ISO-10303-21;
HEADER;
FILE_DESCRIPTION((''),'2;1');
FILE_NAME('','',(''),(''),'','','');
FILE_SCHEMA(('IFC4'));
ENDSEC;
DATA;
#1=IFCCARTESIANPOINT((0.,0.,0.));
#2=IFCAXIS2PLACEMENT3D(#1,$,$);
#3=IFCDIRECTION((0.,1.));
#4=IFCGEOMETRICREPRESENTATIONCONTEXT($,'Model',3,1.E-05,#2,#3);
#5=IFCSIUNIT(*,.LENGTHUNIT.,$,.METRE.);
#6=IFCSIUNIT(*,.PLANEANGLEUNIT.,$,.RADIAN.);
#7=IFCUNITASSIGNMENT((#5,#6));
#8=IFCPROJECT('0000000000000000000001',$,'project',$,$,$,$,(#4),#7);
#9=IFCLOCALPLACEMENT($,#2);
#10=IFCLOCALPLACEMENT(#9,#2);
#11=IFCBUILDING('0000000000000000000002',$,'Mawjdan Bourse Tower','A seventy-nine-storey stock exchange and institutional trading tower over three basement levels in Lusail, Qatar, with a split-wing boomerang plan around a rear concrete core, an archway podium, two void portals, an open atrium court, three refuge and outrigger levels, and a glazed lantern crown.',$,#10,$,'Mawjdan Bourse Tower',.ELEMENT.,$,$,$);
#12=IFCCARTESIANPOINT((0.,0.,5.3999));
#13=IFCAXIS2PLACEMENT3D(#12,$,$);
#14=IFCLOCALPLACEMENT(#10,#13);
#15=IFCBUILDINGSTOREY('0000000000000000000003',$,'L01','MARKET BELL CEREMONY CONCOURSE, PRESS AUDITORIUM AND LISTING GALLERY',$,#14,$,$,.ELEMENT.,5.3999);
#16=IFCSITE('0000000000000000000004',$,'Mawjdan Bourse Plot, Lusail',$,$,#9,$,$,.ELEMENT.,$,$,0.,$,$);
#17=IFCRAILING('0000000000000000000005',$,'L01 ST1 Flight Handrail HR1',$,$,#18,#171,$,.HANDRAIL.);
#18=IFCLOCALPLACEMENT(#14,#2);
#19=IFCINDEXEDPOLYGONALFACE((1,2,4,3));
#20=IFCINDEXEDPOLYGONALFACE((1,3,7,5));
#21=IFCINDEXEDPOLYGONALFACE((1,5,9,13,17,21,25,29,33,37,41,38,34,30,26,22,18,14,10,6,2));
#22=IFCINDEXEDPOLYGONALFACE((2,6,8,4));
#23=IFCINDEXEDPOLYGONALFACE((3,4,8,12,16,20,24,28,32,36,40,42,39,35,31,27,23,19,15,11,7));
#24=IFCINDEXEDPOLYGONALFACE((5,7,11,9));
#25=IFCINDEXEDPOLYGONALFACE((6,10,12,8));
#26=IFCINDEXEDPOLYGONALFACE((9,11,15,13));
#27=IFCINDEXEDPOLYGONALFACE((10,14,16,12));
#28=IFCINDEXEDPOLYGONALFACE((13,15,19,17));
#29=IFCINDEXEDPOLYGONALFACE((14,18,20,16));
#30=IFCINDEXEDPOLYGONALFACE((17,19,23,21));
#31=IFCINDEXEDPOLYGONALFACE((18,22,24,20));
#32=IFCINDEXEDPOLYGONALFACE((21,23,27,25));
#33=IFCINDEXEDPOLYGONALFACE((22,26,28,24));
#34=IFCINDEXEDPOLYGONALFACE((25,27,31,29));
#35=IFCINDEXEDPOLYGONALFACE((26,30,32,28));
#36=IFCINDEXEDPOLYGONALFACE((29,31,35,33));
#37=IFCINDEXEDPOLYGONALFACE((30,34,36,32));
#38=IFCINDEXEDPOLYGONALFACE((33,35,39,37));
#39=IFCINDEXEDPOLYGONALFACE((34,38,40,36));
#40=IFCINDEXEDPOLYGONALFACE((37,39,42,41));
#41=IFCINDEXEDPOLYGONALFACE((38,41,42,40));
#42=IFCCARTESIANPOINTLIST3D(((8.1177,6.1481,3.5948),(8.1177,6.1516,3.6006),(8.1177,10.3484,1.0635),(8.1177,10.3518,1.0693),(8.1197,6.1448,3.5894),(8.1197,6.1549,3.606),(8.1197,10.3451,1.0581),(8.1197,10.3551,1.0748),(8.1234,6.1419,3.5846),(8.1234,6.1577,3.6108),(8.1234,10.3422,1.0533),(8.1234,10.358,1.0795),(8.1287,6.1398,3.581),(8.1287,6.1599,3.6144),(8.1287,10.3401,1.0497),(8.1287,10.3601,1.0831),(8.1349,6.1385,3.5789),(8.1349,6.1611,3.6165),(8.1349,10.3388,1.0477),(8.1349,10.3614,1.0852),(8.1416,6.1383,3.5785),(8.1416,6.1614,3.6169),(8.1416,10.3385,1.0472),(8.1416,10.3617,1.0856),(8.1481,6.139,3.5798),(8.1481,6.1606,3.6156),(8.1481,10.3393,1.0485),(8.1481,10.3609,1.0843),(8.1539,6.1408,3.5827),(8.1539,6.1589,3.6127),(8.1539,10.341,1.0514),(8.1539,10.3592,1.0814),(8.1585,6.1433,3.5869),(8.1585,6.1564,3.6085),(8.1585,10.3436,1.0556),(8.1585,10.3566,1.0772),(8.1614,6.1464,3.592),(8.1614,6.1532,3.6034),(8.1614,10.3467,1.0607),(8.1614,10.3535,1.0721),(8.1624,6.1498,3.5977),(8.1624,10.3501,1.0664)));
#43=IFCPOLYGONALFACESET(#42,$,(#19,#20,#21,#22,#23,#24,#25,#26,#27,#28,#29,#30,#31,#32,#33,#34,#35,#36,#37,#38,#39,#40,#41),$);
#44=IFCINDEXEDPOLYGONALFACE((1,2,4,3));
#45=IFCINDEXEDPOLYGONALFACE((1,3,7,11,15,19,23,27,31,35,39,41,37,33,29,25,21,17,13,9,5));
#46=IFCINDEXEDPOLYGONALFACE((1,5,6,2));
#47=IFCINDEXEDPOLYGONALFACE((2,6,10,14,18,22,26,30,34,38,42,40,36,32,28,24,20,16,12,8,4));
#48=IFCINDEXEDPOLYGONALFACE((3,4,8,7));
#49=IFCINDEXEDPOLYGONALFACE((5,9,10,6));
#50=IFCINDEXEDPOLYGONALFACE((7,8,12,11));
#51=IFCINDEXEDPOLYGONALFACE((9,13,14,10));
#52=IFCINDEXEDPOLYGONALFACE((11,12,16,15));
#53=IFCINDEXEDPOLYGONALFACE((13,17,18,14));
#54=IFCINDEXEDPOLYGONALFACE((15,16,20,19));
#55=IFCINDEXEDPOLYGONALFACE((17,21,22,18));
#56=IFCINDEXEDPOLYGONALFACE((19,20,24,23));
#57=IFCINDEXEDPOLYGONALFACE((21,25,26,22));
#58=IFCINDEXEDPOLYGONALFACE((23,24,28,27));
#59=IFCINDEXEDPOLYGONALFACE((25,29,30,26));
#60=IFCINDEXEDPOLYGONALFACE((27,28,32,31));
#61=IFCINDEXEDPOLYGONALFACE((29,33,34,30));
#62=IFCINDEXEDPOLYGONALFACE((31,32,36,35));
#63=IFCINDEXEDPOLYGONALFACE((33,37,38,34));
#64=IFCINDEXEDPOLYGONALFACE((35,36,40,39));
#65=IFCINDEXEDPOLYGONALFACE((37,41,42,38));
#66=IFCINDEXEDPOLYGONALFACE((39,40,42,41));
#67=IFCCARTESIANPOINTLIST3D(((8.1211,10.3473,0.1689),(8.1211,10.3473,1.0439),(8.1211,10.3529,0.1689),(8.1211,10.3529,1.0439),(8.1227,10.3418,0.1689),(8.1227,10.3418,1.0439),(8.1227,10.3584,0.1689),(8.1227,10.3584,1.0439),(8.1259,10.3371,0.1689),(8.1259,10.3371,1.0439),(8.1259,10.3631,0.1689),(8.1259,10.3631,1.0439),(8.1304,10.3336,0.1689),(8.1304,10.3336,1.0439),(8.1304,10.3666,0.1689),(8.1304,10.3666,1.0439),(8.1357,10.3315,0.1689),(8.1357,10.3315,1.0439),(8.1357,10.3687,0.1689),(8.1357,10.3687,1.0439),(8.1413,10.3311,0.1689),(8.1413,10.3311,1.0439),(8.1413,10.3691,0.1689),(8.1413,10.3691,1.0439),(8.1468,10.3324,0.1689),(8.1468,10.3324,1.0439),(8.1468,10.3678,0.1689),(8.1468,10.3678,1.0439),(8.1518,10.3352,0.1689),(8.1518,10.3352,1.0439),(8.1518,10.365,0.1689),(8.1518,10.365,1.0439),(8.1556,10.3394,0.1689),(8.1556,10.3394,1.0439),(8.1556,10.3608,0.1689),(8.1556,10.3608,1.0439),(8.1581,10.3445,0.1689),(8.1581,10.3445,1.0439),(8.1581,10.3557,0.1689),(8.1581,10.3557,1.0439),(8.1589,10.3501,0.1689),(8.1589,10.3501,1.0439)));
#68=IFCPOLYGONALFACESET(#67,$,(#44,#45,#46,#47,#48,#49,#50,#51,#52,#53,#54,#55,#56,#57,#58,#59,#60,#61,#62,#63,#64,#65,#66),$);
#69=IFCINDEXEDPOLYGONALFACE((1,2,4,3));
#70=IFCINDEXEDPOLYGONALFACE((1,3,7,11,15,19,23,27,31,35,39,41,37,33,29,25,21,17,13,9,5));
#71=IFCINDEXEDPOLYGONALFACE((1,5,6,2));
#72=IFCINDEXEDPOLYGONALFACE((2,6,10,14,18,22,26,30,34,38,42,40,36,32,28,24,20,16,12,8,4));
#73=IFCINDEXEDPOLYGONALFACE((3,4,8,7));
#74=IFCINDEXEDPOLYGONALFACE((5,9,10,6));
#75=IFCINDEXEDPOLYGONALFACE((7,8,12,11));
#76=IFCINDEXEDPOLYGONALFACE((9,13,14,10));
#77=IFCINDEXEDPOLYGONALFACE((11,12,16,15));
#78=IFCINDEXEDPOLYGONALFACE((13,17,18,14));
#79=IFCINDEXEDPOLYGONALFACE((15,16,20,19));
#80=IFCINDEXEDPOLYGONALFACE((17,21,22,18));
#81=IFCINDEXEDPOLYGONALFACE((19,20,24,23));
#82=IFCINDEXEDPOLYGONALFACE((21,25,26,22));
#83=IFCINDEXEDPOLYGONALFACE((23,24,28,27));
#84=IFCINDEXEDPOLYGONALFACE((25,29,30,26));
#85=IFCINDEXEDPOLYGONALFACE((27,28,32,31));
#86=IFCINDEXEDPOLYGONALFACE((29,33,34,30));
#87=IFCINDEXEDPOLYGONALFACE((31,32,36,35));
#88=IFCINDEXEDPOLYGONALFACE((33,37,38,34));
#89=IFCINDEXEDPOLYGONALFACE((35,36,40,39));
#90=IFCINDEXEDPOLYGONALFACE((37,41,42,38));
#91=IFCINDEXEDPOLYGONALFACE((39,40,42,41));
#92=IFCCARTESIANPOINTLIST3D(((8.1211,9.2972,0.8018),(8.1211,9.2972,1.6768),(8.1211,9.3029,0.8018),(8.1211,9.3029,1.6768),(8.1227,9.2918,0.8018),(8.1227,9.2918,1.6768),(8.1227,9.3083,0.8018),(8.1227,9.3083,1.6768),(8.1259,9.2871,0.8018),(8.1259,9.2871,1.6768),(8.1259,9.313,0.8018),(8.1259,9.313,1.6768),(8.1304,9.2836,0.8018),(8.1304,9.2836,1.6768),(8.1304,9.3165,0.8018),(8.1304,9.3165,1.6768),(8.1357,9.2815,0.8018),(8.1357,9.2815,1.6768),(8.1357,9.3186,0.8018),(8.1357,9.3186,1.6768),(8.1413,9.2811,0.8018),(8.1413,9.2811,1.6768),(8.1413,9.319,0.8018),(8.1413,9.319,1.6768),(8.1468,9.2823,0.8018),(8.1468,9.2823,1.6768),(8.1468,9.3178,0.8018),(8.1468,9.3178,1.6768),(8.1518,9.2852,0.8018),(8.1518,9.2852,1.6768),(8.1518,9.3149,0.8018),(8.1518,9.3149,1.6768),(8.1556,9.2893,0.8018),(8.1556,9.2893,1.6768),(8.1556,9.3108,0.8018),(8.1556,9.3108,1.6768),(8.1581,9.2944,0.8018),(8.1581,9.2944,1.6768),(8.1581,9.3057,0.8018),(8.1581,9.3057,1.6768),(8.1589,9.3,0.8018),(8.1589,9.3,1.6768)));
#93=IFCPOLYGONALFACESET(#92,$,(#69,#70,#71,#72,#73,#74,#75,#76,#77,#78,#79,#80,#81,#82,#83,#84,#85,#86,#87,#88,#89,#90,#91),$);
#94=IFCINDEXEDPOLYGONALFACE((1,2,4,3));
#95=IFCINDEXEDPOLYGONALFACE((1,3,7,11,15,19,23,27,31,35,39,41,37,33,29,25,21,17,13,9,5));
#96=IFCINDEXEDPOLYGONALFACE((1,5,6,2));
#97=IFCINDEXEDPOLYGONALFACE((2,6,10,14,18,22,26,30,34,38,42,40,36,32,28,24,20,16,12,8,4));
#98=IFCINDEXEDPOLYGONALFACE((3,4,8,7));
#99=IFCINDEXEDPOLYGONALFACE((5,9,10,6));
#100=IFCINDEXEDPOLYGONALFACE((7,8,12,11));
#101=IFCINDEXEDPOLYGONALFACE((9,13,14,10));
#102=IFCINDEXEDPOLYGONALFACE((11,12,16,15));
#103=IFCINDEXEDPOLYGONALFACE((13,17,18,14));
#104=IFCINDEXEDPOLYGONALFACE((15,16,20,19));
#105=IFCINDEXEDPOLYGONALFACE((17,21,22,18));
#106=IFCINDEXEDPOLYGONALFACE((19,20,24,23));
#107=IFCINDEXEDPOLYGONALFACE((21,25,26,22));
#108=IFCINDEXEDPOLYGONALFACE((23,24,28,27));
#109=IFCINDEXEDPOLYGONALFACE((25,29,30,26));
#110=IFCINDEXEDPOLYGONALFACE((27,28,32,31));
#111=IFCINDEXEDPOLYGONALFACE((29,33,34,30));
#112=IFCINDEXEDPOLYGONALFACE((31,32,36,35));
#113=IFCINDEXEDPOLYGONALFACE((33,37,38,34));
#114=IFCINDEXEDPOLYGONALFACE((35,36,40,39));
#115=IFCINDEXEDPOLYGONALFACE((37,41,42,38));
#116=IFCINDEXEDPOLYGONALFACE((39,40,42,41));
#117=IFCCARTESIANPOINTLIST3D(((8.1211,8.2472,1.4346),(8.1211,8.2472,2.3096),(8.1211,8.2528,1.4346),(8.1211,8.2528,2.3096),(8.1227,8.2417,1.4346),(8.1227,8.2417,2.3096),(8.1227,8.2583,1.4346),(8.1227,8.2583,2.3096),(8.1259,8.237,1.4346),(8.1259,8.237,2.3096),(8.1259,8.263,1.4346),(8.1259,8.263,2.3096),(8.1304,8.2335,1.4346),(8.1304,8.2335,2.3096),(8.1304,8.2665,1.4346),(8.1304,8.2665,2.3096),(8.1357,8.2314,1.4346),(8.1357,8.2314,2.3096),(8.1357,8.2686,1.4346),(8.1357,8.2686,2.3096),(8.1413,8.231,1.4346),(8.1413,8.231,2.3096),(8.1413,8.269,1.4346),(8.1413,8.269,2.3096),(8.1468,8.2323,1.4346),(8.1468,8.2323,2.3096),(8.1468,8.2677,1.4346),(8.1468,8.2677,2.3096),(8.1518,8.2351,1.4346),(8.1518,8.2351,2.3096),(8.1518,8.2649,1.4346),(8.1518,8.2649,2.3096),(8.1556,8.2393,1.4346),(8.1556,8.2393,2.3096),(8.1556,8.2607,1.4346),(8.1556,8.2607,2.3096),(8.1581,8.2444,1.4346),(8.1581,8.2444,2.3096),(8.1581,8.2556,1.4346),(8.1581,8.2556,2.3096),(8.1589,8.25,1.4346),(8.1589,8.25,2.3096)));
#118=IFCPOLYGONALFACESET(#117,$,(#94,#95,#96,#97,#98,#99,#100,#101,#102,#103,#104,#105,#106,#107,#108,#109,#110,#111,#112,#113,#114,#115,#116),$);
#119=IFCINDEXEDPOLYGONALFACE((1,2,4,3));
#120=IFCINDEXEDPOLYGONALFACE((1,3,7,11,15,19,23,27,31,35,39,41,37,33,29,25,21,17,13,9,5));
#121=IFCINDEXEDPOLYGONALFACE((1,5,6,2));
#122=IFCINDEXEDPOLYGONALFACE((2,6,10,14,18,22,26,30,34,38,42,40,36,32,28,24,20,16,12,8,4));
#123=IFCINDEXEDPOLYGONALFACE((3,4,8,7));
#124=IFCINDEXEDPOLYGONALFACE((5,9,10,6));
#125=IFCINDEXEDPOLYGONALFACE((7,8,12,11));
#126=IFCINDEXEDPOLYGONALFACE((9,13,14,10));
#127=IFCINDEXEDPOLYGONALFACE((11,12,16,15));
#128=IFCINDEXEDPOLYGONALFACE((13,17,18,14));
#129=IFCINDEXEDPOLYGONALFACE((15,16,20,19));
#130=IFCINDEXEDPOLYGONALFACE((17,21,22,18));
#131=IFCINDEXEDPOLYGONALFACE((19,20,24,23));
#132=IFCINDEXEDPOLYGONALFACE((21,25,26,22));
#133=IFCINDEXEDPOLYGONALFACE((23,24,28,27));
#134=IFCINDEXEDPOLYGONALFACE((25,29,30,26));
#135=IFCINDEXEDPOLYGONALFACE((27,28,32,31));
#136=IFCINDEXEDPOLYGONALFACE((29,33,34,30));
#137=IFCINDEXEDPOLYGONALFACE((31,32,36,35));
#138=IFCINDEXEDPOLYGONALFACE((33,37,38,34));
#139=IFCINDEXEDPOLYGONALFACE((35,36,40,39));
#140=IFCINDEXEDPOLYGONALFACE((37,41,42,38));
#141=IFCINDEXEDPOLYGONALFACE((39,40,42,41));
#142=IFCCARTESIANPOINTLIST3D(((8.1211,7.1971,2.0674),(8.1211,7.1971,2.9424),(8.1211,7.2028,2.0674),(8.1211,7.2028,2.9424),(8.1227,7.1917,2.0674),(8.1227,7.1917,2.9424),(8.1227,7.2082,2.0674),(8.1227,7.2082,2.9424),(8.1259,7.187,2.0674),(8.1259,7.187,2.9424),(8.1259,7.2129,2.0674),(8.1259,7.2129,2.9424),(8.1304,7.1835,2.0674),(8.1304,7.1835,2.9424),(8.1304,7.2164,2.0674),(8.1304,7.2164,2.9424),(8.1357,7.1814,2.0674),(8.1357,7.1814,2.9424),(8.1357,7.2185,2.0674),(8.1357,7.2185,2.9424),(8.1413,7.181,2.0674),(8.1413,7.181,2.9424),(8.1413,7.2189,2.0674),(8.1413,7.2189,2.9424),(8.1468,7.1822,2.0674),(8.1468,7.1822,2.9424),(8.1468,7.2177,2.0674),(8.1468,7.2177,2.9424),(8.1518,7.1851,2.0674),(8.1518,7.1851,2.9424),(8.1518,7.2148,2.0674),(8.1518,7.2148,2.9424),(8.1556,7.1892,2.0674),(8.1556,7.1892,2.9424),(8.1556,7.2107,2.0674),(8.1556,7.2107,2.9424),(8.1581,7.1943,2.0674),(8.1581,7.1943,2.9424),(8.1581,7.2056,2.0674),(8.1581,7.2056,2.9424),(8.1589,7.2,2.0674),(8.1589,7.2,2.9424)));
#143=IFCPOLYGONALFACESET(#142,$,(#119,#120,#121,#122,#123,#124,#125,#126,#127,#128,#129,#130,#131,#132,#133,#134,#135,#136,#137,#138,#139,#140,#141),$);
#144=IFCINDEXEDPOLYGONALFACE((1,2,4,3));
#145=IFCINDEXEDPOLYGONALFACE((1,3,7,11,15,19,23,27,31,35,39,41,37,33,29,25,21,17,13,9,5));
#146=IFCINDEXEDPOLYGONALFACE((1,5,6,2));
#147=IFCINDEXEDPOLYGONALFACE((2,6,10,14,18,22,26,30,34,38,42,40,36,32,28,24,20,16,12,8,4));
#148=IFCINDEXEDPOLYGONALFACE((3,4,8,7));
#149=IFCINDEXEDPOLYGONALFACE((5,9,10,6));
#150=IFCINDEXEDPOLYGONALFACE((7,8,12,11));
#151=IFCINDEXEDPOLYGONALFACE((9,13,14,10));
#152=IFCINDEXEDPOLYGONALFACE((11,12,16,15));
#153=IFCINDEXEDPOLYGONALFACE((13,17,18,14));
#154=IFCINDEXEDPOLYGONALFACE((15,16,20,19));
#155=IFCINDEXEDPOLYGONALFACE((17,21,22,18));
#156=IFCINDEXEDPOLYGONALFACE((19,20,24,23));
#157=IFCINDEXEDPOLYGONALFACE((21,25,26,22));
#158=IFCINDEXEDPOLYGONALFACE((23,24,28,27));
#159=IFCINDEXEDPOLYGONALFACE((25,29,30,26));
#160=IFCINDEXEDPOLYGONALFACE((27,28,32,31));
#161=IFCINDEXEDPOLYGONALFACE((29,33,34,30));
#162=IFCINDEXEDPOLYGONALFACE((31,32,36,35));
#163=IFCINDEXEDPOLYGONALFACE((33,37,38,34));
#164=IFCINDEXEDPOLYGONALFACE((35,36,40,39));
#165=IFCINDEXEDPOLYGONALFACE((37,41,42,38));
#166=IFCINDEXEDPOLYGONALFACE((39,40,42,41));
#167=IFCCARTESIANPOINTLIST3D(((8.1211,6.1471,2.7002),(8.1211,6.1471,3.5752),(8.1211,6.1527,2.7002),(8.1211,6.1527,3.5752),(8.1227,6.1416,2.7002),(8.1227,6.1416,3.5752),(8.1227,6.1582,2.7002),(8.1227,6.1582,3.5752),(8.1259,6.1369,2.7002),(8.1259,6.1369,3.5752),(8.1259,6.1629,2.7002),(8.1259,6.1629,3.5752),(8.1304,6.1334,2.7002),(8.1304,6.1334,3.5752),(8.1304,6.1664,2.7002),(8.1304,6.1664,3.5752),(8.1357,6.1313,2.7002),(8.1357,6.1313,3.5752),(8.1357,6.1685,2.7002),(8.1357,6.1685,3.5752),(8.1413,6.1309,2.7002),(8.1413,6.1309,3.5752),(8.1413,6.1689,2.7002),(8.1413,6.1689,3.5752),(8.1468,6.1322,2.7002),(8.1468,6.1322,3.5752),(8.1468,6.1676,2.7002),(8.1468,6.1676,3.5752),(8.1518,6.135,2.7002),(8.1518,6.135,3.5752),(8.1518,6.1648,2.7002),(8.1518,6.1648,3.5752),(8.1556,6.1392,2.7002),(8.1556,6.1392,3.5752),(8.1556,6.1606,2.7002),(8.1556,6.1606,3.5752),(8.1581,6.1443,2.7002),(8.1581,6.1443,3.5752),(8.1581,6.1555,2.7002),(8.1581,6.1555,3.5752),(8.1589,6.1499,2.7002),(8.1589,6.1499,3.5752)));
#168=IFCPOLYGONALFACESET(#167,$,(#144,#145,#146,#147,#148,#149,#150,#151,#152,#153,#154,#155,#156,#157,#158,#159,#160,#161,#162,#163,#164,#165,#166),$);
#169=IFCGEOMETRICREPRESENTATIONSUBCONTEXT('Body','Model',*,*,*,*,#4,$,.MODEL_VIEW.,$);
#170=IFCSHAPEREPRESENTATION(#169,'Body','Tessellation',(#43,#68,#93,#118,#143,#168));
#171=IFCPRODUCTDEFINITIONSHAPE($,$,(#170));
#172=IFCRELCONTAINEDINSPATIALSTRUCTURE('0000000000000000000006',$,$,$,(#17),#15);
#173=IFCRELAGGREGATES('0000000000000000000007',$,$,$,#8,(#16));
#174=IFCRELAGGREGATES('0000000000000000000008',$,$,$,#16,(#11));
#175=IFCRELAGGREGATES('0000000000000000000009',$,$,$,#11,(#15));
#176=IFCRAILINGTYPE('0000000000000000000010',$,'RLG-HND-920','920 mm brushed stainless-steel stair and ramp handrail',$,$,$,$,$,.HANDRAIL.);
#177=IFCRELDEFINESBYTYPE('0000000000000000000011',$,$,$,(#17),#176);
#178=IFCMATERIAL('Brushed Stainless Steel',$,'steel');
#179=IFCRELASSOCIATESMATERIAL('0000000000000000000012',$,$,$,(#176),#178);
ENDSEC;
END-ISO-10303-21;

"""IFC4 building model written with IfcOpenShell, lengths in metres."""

from ifc_helpers import new_model, si_unit, direction, frame, origin, origin_2d, place, context, subcontext, project, spatial, circle, extrude, material, type_object, element, save


model = new_model("IFC4")

# Units and contexts
model_context = context("Model", 3, precision=1e-05, world=origin(), true_north=direction((0.0, 1.0)))
body_context = subcontext(model_context, "Body", "Model", "MODEL_VIEW")
ifc_project = project(units=[si_unit("LENGTHUNIT", "METRE"), si_unit("PLANEANGLEUNIT", "RADIAN")], contexts=[model_context])

# Site, building, storey
site_placement = place(None, origin())
site = spatial("IfcSite", under=ifc_project, at=site_placement, Name="Mawjdan Bourse Plot, Lusail", CompositionType="ELEMENT", RefElevation=0.0)
building_placement = place(site_placement, origin())
building = spatial("IfcBuilding", under=site, at=building_placement, Name="Mawjdan Bourse Tower", Description="A seventy-nine-storey stock exchange and institutional trading tower over three basement levels in Lusail, Qatar, with a split-wing boomerang plan around a rear concrete core, an archway podium, two void portals, an open atrium court, three refuge and outrigger levels, and a glazed lantern crown.", LongName="Mawjdan Bourse Tower", CompositionType="ELEMENT")
storey_placement = place(building_placement, frame((0.0, 0.0, 5.3999)))
storey = spatial("IfcBuildingStorey", under=building, at=storey_placement, Name="L01", Description="MARKET BELL CEREMONY CONCOURSE, PRESS AUDITORIUM AND LISTING GALLERY", CompositionType="ELEMENT", Elevation=5.3999)

# Shared definitions
ifc_material_1 = material(Name="Brushed Stainless Steel", Category="steel")

# Railing
railing_type_1 = type_object("IfcRailingType", Name="RLG-HND-920", Description="920 mm brushed stainless-steel stair and ramp handrail", PredefinedType="HANDRAIL", material=ifc_material_1)
railing_1_placement = place(storey_placement, frame((8.1399, 10.3501, 0.1689)))
element("IfcRailing", 1, at=railing_1_placement, inside=storey, type_object=railing_type_1, Name="L01 ST1 Flight Handrail HR1", PredefinedType="HANDRAIL", context=body_context, shape_type="SweptSolid", body=[
    extrude(circle(Radius=0.0225, at=origin_2d()), frame((0.0, 0.0, 0.8975), z_axis=(0.0, -0.85649, 0.516164), x_axis=(1.0, 0.0, 0.0)), (0.0, 0.0, 1.0), 4.9041),
    extrude(circle(Radius=0.019, at=origin_2d()), origin(), (0.0, 0.0, 1.0), 0.875),
    extrude(circle(Radius=0.019, at=origin_2d()), frame((0.0, -1.05, 0.6328)), (0.0, 0.0, 1.0), 0.875),
    extrude(circle(Radius=0.019, at=origin_2d()), frame((0.0, -2.1001, 1.2656)), (0.0, 0.0, 1.0), 0.875),
    extrude(circle(Radius=0.019, at=origin_2d()), frame((0.0, -3.1501, 1.8984)), (0.0, 0.0, 1.0), 0.875),
    extrude(circle(Radius=0.019, at=origin_2d()), frame((0.0, -4.2002, 2.5312)), (0.0, 0.0, 1.0), 0.875),
])

save(model, "model.ifc")
